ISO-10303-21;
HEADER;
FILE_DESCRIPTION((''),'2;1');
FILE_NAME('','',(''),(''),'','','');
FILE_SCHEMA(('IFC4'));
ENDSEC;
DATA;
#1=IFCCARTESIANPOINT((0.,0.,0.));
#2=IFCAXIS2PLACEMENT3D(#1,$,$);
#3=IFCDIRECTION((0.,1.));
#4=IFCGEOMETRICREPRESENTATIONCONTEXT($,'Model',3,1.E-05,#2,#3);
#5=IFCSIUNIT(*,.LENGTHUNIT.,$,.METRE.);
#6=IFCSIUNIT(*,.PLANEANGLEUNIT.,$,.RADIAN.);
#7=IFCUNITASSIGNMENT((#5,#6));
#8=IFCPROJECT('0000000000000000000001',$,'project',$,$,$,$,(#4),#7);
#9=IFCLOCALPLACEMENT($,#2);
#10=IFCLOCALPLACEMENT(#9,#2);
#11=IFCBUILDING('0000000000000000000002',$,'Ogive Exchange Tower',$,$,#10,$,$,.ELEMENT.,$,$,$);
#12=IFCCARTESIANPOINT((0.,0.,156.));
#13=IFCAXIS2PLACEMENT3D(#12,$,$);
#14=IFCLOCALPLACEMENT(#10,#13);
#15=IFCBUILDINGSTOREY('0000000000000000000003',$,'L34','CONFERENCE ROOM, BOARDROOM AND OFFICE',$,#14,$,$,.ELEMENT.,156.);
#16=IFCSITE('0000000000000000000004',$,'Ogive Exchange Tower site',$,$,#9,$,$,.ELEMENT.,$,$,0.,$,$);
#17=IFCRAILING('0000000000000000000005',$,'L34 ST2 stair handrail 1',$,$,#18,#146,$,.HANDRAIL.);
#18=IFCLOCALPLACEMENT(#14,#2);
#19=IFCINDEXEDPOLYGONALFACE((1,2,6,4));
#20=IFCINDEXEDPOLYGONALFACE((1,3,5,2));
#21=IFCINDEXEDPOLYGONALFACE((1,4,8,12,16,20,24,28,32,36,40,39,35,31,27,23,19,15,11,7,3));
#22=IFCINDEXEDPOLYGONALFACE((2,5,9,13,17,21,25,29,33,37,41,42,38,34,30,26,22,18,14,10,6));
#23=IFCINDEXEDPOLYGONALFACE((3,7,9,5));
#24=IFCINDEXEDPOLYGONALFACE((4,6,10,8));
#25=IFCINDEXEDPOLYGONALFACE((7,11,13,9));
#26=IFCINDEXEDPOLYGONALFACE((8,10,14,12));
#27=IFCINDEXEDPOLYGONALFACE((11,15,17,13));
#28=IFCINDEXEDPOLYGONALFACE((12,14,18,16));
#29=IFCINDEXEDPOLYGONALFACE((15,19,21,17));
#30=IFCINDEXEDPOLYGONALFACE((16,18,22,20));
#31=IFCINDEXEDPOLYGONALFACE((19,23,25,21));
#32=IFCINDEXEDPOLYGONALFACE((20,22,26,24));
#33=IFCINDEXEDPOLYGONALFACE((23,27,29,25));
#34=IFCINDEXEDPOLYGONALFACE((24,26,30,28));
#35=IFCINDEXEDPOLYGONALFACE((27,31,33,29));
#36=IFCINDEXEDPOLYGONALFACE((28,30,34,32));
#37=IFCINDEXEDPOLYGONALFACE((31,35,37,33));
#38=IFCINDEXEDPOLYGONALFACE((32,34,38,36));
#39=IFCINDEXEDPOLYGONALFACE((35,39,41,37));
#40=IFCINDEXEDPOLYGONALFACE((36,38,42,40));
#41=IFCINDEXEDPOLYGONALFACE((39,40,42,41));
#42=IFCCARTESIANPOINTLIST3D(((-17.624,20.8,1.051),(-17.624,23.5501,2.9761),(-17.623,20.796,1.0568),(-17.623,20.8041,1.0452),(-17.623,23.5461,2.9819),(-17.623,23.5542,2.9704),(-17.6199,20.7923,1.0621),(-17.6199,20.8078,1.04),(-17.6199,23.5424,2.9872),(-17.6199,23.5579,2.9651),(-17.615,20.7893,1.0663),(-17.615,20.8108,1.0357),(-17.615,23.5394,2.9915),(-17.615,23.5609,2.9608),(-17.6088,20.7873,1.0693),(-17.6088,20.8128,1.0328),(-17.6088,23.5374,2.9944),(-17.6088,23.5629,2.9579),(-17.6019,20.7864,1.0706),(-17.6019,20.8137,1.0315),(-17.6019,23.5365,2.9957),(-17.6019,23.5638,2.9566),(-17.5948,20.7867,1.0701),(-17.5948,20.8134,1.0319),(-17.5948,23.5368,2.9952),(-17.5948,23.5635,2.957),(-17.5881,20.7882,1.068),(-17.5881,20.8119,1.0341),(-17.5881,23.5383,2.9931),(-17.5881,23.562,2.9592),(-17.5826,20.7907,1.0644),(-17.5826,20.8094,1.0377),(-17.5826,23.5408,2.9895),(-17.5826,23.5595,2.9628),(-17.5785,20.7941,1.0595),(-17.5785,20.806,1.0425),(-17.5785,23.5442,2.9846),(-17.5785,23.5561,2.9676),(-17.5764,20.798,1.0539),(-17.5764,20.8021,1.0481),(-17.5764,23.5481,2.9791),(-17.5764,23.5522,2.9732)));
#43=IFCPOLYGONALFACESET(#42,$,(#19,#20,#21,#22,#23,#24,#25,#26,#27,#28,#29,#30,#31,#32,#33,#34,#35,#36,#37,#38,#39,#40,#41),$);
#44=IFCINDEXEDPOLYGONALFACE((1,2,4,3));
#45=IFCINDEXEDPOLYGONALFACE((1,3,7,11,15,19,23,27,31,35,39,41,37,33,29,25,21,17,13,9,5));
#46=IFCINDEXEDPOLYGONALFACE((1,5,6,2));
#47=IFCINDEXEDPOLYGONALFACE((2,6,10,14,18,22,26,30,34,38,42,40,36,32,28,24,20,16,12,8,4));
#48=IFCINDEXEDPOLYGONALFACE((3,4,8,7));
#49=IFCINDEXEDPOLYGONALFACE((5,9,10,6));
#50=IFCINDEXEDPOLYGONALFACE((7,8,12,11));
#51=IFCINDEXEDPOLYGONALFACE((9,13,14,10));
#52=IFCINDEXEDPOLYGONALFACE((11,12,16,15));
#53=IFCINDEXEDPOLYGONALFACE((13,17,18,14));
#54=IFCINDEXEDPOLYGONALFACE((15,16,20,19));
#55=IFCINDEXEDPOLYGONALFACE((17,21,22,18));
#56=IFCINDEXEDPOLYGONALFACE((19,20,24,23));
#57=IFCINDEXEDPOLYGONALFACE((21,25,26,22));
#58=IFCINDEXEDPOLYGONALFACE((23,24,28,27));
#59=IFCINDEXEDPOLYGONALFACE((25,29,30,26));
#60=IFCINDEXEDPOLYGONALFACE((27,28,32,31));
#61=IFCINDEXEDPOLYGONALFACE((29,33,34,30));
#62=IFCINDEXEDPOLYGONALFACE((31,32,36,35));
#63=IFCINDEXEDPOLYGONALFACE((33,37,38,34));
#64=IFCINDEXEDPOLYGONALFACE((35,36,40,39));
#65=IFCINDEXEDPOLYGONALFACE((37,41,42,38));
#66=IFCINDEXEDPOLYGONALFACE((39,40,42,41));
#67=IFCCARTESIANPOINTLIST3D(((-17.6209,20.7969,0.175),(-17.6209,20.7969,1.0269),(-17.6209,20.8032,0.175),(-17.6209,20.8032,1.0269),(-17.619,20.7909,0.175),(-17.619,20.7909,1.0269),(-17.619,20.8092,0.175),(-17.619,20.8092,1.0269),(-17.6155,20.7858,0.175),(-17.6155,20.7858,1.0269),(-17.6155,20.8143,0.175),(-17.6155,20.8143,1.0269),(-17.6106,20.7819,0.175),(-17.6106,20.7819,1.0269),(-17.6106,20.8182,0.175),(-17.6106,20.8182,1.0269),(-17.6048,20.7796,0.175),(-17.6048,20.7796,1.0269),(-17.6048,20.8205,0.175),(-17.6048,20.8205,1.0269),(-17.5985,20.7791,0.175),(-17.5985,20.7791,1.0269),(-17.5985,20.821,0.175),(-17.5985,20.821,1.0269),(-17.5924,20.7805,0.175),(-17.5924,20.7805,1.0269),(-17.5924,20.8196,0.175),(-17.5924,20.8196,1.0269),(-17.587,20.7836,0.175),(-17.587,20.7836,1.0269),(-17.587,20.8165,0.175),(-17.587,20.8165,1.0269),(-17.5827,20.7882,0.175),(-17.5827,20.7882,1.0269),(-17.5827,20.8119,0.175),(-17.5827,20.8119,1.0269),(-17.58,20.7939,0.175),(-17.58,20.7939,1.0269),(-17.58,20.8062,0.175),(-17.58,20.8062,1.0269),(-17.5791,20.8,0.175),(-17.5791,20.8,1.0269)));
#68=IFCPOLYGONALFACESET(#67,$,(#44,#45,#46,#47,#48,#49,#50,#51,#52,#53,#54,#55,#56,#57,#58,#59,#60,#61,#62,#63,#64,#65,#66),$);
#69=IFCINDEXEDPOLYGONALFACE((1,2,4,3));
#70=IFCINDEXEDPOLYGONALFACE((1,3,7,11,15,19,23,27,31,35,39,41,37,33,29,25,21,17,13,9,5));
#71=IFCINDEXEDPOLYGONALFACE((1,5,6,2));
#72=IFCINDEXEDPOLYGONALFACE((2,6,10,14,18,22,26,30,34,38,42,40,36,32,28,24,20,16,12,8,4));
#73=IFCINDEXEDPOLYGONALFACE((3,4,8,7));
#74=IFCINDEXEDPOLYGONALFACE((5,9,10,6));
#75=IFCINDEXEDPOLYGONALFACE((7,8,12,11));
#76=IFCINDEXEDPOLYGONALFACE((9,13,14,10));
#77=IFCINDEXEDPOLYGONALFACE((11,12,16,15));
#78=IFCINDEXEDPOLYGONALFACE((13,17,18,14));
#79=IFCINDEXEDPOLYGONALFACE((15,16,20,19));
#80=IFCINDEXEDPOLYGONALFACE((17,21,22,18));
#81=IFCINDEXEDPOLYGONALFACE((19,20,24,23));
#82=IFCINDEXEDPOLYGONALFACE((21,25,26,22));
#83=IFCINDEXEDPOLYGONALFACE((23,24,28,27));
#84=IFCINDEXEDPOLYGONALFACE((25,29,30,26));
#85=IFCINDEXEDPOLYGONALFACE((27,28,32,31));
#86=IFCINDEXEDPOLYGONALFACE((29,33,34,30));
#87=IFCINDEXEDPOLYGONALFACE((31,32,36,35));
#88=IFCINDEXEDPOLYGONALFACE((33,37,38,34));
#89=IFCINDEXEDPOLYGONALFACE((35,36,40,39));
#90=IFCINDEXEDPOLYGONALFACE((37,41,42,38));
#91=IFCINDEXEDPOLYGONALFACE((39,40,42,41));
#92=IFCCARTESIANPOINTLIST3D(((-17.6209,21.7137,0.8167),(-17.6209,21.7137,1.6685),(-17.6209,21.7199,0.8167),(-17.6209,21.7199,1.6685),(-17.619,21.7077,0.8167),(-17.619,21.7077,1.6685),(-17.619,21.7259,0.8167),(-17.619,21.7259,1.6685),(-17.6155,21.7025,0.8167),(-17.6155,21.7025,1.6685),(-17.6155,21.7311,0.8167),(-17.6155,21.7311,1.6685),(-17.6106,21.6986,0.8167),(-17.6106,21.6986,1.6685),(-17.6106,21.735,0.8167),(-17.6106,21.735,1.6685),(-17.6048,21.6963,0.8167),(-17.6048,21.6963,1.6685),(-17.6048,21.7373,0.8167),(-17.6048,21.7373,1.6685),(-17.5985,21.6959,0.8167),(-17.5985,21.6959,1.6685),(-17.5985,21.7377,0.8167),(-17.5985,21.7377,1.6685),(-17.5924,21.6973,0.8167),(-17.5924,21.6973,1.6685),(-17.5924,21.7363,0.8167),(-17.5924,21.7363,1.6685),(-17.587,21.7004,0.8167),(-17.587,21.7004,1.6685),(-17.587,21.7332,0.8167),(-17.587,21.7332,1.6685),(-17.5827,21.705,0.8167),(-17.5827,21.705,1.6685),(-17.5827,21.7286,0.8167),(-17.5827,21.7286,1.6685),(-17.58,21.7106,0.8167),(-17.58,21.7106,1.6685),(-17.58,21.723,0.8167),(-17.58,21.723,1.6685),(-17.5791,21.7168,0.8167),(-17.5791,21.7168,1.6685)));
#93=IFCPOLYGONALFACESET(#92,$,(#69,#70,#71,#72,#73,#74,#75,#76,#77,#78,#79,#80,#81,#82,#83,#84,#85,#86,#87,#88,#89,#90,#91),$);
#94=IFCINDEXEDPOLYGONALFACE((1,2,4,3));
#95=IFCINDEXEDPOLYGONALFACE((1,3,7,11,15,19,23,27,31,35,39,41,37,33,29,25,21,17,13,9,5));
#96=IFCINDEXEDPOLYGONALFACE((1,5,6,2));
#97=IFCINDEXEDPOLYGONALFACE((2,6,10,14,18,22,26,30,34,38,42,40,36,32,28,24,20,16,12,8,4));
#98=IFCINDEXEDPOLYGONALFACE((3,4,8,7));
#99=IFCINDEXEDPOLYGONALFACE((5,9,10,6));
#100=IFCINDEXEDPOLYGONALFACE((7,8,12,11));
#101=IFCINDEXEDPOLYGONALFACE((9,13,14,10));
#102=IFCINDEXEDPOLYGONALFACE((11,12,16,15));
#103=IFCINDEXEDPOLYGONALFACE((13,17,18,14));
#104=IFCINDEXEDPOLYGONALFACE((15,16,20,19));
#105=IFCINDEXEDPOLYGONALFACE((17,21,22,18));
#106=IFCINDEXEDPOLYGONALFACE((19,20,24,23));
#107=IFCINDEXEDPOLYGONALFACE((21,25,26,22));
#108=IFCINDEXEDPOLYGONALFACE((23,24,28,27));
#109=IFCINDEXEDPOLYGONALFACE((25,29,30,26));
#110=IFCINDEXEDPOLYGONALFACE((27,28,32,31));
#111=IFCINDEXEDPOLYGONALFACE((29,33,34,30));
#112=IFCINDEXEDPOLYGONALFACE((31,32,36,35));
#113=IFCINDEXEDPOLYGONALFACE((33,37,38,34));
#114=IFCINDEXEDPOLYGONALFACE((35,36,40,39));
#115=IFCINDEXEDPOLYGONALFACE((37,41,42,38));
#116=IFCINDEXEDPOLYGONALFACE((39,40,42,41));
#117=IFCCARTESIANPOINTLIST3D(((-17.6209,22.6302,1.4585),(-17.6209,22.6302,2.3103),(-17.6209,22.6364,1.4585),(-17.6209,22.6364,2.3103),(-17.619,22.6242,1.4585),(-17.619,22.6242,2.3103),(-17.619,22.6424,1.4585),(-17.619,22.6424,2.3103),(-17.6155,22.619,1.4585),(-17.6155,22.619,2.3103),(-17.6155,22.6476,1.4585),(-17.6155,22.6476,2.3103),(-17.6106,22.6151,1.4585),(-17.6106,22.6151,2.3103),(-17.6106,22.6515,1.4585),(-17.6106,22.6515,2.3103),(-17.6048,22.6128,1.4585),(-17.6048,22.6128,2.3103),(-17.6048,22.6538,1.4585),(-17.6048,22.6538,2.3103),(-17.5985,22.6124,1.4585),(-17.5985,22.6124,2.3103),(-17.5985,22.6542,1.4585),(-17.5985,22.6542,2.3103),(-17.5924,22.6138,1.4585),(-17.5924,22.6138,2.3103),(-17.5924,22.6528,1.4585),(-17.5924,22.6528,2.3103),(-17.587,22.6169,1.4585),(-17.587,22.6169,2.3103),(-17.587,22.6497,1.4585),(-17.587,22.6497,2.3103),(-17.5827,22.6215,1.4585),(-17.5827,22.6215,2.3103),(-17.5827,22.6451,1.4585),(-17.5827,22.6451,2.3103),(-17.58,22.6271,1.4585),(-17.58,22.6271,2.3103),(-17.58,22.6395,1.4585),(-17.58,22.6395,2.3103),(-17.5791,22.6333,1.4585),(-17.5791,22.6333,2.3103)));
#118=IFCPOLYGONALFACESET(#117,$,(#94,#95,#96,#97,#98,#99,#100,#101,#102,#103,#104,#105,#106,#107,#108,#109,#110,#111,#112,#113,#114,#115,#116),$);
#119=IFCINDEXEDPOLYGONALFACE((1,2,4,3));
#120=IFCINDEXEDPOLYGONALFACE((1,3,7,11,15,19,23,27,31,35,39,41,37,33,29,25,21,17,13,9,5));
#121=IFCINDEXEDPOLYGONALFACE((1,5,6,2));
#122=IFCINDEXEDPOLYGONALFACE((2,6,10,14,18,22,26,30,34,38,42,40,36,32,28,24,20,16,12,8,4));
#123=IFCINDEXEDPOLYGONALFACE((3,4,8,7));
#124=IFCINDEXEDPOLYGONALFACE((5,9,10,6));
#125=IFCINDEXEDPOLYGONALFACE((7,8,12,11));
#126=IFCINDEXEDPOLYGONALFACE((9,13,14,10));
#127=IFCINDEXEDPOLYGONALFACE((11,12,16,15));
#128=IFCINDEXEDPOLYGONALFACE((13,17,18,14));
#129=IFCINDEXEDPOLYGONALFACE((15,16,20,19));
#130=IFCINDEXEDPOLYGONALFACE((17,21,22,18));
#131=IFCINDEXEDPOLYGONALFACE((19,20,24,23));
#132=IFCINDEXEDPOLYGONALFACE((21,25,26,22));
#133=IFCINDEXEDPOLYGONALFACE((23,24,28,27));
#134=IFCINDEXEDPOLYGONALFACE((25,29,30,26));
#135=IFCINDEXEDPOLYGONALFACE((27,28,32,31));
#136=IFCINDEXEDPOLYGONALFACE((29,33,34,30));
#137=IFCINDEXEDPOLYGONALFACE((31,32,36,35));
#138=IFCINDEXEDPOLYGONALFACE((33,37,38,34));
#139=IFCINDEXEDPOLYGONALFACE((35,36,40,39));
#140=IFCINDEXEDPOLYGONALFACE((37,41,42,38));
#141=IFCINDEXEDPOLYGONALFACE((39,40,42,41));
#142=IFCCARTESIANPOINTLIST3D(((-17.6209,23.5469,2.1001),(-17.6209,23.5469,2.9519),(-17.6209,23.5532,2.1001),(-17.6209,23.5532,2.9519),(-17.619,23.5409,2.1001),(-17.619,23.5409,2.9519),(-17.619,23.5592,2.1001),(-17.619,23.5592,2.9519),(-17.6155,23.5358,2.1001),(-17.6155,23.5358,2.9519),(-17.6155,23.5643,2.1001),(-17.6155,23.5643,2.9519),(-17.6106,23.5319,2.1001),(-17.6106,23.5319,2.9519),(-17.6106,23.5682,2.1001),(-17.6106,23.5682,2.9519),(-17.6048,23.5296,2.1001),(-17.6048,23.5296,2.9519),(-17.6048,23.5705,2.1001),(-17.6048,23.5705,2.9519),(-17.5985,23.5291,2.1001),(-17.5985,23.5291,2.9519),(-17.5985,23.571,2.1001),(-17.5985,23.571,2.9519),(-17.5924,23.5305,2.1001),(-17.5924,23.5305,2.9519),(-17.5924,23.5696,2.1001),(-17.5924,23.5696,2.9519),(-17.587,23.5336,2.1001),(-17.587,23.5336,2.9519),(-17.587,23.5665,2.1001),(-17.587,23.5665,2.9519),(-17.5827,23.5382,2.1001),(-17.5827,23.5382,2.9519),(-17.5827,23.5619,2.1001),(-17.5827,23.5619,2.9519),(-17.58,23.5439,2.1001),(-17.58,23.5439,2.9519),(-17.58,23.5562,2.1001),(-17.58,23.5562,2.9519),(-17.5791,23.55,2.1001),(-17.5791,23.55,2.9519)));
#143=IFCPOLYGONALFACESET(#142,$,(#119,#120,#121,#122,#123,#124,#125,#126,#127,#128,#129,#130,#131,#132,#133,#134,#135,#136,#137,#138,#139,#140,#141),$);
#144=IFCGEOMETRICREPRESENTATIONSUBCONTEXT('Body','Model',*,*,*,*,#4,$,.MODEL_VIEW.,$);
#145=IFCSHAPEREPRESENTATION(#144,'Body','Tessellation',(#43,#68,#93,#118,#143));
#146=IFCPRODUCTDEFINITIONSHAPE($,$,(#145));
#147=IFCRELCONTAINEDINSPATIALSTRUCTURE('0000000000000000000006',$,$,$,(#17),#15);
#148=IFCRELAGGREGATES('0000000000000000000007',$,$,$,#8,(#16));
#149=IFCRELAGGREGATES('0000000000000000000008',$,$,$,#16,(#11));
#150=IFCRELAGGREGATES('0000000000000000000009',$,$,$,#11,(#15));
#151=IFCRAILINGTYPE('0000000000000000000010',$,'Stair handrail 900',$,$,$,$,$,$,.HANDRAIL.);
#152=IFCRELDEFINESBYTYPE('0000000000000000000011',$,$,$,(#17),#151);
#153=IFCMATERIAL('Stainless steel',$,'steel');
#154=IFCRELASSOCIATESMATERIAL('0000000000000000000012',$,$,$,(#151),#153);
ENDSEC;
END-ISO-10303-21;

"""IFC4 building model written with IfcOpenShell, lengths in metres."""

from ifc_helpers import new_model, si_unit, direction, frame, origin, origin_2d, place, context, subcontext, project, spatial, circle, extrude, material, type_object, element, save


model = new_model("IFC4")

# Units and contexts
model_context = context("Model", 3, precision=1e-05, world=origin(), true_north=direction((0.0, 1.0)))
body_context = subcontext(model_context, "Body", "Model", "MODEL_VIEW")
ifc_project = project(units=[si_unit("LENGTHUNIT", "METRE"), si_unit("PLANEANGLEUNIT", "RADIAN")], contexts=[model_context])

# Site, building, storey
site_placement = place(None, origin())
site = spatial("IfcSite", under=ifc_project, at=site_placement, Name="Ogive Exchange Tower site", CompositionType="ELEMENT", RefElevation=0.0)
building_placement = place(site_placement, origin())
building = spatial("IfcBuilding", under=site, at=building_placement, Name="Ogive Exchange Tower", CompositionType="ELEMENT")
storey_placement = place(building_placement, frame((0.0, 0.0, 156.0)))
storey = spatial("IfcBuildingStorey", under=building, at=storey_placement, Name="L34", Description="CONFERENCE ROOM, BOARDROOM AND OFFICE", CompositionType="ELEMENT", Elevation=156.0)

# Railing
ifc_material_1 = material(Name="Stainless steel", Category="steel")
railing_type = type_object("IfcRailingType", Name="Stair handrail 900", PredefinedType="HANDRAIL", material=ifc_material_1)
railing_placement = place(storey_placement, frame((-17.6001, 20.8, 0.175)))
element("IfcRailing", 1, at=railing_placement, inside=storey, type_object=railing_type, Name="L34 ST2 stair handrail 1", PredefinedType="HANDRAIL", context=body_context, shape_type="SweptSolid", body=[
    extrude(circle(Radius=0.0239, at=origin_2d()), frame((0.0, 0.0, 0.876), z_axis=(0.0, 0.819225, 0.573472), x_axis=(-1.0, 0.0, 0.0)), (0.0, 0.0, 1.0), 3.3569),
    extrude(circle(Radius=0.021, at=origin_2d()), origin(), (0.0, 0.0, 1.0), 0.8518),
    extrude(circle(Radius=0.021, at=origin_2d()), frame((0.0, 0.9167, 0.6416)), (0.0, 0.0, 1.0), 0.8518),
    extrude(circle(Radius=0.021, at=origin_2d()), frame((0.0, 1.8333, 1.2834)), (0.0, 0.0, 1.0), 0.8518),
    extrude(circle(Radius=0.021, at=origin_2d()), frame((0.0, 2.75, 1.925)), (0.0, 0.0, 1.0), 0.8518),
])

save(model, "model.ifc")
